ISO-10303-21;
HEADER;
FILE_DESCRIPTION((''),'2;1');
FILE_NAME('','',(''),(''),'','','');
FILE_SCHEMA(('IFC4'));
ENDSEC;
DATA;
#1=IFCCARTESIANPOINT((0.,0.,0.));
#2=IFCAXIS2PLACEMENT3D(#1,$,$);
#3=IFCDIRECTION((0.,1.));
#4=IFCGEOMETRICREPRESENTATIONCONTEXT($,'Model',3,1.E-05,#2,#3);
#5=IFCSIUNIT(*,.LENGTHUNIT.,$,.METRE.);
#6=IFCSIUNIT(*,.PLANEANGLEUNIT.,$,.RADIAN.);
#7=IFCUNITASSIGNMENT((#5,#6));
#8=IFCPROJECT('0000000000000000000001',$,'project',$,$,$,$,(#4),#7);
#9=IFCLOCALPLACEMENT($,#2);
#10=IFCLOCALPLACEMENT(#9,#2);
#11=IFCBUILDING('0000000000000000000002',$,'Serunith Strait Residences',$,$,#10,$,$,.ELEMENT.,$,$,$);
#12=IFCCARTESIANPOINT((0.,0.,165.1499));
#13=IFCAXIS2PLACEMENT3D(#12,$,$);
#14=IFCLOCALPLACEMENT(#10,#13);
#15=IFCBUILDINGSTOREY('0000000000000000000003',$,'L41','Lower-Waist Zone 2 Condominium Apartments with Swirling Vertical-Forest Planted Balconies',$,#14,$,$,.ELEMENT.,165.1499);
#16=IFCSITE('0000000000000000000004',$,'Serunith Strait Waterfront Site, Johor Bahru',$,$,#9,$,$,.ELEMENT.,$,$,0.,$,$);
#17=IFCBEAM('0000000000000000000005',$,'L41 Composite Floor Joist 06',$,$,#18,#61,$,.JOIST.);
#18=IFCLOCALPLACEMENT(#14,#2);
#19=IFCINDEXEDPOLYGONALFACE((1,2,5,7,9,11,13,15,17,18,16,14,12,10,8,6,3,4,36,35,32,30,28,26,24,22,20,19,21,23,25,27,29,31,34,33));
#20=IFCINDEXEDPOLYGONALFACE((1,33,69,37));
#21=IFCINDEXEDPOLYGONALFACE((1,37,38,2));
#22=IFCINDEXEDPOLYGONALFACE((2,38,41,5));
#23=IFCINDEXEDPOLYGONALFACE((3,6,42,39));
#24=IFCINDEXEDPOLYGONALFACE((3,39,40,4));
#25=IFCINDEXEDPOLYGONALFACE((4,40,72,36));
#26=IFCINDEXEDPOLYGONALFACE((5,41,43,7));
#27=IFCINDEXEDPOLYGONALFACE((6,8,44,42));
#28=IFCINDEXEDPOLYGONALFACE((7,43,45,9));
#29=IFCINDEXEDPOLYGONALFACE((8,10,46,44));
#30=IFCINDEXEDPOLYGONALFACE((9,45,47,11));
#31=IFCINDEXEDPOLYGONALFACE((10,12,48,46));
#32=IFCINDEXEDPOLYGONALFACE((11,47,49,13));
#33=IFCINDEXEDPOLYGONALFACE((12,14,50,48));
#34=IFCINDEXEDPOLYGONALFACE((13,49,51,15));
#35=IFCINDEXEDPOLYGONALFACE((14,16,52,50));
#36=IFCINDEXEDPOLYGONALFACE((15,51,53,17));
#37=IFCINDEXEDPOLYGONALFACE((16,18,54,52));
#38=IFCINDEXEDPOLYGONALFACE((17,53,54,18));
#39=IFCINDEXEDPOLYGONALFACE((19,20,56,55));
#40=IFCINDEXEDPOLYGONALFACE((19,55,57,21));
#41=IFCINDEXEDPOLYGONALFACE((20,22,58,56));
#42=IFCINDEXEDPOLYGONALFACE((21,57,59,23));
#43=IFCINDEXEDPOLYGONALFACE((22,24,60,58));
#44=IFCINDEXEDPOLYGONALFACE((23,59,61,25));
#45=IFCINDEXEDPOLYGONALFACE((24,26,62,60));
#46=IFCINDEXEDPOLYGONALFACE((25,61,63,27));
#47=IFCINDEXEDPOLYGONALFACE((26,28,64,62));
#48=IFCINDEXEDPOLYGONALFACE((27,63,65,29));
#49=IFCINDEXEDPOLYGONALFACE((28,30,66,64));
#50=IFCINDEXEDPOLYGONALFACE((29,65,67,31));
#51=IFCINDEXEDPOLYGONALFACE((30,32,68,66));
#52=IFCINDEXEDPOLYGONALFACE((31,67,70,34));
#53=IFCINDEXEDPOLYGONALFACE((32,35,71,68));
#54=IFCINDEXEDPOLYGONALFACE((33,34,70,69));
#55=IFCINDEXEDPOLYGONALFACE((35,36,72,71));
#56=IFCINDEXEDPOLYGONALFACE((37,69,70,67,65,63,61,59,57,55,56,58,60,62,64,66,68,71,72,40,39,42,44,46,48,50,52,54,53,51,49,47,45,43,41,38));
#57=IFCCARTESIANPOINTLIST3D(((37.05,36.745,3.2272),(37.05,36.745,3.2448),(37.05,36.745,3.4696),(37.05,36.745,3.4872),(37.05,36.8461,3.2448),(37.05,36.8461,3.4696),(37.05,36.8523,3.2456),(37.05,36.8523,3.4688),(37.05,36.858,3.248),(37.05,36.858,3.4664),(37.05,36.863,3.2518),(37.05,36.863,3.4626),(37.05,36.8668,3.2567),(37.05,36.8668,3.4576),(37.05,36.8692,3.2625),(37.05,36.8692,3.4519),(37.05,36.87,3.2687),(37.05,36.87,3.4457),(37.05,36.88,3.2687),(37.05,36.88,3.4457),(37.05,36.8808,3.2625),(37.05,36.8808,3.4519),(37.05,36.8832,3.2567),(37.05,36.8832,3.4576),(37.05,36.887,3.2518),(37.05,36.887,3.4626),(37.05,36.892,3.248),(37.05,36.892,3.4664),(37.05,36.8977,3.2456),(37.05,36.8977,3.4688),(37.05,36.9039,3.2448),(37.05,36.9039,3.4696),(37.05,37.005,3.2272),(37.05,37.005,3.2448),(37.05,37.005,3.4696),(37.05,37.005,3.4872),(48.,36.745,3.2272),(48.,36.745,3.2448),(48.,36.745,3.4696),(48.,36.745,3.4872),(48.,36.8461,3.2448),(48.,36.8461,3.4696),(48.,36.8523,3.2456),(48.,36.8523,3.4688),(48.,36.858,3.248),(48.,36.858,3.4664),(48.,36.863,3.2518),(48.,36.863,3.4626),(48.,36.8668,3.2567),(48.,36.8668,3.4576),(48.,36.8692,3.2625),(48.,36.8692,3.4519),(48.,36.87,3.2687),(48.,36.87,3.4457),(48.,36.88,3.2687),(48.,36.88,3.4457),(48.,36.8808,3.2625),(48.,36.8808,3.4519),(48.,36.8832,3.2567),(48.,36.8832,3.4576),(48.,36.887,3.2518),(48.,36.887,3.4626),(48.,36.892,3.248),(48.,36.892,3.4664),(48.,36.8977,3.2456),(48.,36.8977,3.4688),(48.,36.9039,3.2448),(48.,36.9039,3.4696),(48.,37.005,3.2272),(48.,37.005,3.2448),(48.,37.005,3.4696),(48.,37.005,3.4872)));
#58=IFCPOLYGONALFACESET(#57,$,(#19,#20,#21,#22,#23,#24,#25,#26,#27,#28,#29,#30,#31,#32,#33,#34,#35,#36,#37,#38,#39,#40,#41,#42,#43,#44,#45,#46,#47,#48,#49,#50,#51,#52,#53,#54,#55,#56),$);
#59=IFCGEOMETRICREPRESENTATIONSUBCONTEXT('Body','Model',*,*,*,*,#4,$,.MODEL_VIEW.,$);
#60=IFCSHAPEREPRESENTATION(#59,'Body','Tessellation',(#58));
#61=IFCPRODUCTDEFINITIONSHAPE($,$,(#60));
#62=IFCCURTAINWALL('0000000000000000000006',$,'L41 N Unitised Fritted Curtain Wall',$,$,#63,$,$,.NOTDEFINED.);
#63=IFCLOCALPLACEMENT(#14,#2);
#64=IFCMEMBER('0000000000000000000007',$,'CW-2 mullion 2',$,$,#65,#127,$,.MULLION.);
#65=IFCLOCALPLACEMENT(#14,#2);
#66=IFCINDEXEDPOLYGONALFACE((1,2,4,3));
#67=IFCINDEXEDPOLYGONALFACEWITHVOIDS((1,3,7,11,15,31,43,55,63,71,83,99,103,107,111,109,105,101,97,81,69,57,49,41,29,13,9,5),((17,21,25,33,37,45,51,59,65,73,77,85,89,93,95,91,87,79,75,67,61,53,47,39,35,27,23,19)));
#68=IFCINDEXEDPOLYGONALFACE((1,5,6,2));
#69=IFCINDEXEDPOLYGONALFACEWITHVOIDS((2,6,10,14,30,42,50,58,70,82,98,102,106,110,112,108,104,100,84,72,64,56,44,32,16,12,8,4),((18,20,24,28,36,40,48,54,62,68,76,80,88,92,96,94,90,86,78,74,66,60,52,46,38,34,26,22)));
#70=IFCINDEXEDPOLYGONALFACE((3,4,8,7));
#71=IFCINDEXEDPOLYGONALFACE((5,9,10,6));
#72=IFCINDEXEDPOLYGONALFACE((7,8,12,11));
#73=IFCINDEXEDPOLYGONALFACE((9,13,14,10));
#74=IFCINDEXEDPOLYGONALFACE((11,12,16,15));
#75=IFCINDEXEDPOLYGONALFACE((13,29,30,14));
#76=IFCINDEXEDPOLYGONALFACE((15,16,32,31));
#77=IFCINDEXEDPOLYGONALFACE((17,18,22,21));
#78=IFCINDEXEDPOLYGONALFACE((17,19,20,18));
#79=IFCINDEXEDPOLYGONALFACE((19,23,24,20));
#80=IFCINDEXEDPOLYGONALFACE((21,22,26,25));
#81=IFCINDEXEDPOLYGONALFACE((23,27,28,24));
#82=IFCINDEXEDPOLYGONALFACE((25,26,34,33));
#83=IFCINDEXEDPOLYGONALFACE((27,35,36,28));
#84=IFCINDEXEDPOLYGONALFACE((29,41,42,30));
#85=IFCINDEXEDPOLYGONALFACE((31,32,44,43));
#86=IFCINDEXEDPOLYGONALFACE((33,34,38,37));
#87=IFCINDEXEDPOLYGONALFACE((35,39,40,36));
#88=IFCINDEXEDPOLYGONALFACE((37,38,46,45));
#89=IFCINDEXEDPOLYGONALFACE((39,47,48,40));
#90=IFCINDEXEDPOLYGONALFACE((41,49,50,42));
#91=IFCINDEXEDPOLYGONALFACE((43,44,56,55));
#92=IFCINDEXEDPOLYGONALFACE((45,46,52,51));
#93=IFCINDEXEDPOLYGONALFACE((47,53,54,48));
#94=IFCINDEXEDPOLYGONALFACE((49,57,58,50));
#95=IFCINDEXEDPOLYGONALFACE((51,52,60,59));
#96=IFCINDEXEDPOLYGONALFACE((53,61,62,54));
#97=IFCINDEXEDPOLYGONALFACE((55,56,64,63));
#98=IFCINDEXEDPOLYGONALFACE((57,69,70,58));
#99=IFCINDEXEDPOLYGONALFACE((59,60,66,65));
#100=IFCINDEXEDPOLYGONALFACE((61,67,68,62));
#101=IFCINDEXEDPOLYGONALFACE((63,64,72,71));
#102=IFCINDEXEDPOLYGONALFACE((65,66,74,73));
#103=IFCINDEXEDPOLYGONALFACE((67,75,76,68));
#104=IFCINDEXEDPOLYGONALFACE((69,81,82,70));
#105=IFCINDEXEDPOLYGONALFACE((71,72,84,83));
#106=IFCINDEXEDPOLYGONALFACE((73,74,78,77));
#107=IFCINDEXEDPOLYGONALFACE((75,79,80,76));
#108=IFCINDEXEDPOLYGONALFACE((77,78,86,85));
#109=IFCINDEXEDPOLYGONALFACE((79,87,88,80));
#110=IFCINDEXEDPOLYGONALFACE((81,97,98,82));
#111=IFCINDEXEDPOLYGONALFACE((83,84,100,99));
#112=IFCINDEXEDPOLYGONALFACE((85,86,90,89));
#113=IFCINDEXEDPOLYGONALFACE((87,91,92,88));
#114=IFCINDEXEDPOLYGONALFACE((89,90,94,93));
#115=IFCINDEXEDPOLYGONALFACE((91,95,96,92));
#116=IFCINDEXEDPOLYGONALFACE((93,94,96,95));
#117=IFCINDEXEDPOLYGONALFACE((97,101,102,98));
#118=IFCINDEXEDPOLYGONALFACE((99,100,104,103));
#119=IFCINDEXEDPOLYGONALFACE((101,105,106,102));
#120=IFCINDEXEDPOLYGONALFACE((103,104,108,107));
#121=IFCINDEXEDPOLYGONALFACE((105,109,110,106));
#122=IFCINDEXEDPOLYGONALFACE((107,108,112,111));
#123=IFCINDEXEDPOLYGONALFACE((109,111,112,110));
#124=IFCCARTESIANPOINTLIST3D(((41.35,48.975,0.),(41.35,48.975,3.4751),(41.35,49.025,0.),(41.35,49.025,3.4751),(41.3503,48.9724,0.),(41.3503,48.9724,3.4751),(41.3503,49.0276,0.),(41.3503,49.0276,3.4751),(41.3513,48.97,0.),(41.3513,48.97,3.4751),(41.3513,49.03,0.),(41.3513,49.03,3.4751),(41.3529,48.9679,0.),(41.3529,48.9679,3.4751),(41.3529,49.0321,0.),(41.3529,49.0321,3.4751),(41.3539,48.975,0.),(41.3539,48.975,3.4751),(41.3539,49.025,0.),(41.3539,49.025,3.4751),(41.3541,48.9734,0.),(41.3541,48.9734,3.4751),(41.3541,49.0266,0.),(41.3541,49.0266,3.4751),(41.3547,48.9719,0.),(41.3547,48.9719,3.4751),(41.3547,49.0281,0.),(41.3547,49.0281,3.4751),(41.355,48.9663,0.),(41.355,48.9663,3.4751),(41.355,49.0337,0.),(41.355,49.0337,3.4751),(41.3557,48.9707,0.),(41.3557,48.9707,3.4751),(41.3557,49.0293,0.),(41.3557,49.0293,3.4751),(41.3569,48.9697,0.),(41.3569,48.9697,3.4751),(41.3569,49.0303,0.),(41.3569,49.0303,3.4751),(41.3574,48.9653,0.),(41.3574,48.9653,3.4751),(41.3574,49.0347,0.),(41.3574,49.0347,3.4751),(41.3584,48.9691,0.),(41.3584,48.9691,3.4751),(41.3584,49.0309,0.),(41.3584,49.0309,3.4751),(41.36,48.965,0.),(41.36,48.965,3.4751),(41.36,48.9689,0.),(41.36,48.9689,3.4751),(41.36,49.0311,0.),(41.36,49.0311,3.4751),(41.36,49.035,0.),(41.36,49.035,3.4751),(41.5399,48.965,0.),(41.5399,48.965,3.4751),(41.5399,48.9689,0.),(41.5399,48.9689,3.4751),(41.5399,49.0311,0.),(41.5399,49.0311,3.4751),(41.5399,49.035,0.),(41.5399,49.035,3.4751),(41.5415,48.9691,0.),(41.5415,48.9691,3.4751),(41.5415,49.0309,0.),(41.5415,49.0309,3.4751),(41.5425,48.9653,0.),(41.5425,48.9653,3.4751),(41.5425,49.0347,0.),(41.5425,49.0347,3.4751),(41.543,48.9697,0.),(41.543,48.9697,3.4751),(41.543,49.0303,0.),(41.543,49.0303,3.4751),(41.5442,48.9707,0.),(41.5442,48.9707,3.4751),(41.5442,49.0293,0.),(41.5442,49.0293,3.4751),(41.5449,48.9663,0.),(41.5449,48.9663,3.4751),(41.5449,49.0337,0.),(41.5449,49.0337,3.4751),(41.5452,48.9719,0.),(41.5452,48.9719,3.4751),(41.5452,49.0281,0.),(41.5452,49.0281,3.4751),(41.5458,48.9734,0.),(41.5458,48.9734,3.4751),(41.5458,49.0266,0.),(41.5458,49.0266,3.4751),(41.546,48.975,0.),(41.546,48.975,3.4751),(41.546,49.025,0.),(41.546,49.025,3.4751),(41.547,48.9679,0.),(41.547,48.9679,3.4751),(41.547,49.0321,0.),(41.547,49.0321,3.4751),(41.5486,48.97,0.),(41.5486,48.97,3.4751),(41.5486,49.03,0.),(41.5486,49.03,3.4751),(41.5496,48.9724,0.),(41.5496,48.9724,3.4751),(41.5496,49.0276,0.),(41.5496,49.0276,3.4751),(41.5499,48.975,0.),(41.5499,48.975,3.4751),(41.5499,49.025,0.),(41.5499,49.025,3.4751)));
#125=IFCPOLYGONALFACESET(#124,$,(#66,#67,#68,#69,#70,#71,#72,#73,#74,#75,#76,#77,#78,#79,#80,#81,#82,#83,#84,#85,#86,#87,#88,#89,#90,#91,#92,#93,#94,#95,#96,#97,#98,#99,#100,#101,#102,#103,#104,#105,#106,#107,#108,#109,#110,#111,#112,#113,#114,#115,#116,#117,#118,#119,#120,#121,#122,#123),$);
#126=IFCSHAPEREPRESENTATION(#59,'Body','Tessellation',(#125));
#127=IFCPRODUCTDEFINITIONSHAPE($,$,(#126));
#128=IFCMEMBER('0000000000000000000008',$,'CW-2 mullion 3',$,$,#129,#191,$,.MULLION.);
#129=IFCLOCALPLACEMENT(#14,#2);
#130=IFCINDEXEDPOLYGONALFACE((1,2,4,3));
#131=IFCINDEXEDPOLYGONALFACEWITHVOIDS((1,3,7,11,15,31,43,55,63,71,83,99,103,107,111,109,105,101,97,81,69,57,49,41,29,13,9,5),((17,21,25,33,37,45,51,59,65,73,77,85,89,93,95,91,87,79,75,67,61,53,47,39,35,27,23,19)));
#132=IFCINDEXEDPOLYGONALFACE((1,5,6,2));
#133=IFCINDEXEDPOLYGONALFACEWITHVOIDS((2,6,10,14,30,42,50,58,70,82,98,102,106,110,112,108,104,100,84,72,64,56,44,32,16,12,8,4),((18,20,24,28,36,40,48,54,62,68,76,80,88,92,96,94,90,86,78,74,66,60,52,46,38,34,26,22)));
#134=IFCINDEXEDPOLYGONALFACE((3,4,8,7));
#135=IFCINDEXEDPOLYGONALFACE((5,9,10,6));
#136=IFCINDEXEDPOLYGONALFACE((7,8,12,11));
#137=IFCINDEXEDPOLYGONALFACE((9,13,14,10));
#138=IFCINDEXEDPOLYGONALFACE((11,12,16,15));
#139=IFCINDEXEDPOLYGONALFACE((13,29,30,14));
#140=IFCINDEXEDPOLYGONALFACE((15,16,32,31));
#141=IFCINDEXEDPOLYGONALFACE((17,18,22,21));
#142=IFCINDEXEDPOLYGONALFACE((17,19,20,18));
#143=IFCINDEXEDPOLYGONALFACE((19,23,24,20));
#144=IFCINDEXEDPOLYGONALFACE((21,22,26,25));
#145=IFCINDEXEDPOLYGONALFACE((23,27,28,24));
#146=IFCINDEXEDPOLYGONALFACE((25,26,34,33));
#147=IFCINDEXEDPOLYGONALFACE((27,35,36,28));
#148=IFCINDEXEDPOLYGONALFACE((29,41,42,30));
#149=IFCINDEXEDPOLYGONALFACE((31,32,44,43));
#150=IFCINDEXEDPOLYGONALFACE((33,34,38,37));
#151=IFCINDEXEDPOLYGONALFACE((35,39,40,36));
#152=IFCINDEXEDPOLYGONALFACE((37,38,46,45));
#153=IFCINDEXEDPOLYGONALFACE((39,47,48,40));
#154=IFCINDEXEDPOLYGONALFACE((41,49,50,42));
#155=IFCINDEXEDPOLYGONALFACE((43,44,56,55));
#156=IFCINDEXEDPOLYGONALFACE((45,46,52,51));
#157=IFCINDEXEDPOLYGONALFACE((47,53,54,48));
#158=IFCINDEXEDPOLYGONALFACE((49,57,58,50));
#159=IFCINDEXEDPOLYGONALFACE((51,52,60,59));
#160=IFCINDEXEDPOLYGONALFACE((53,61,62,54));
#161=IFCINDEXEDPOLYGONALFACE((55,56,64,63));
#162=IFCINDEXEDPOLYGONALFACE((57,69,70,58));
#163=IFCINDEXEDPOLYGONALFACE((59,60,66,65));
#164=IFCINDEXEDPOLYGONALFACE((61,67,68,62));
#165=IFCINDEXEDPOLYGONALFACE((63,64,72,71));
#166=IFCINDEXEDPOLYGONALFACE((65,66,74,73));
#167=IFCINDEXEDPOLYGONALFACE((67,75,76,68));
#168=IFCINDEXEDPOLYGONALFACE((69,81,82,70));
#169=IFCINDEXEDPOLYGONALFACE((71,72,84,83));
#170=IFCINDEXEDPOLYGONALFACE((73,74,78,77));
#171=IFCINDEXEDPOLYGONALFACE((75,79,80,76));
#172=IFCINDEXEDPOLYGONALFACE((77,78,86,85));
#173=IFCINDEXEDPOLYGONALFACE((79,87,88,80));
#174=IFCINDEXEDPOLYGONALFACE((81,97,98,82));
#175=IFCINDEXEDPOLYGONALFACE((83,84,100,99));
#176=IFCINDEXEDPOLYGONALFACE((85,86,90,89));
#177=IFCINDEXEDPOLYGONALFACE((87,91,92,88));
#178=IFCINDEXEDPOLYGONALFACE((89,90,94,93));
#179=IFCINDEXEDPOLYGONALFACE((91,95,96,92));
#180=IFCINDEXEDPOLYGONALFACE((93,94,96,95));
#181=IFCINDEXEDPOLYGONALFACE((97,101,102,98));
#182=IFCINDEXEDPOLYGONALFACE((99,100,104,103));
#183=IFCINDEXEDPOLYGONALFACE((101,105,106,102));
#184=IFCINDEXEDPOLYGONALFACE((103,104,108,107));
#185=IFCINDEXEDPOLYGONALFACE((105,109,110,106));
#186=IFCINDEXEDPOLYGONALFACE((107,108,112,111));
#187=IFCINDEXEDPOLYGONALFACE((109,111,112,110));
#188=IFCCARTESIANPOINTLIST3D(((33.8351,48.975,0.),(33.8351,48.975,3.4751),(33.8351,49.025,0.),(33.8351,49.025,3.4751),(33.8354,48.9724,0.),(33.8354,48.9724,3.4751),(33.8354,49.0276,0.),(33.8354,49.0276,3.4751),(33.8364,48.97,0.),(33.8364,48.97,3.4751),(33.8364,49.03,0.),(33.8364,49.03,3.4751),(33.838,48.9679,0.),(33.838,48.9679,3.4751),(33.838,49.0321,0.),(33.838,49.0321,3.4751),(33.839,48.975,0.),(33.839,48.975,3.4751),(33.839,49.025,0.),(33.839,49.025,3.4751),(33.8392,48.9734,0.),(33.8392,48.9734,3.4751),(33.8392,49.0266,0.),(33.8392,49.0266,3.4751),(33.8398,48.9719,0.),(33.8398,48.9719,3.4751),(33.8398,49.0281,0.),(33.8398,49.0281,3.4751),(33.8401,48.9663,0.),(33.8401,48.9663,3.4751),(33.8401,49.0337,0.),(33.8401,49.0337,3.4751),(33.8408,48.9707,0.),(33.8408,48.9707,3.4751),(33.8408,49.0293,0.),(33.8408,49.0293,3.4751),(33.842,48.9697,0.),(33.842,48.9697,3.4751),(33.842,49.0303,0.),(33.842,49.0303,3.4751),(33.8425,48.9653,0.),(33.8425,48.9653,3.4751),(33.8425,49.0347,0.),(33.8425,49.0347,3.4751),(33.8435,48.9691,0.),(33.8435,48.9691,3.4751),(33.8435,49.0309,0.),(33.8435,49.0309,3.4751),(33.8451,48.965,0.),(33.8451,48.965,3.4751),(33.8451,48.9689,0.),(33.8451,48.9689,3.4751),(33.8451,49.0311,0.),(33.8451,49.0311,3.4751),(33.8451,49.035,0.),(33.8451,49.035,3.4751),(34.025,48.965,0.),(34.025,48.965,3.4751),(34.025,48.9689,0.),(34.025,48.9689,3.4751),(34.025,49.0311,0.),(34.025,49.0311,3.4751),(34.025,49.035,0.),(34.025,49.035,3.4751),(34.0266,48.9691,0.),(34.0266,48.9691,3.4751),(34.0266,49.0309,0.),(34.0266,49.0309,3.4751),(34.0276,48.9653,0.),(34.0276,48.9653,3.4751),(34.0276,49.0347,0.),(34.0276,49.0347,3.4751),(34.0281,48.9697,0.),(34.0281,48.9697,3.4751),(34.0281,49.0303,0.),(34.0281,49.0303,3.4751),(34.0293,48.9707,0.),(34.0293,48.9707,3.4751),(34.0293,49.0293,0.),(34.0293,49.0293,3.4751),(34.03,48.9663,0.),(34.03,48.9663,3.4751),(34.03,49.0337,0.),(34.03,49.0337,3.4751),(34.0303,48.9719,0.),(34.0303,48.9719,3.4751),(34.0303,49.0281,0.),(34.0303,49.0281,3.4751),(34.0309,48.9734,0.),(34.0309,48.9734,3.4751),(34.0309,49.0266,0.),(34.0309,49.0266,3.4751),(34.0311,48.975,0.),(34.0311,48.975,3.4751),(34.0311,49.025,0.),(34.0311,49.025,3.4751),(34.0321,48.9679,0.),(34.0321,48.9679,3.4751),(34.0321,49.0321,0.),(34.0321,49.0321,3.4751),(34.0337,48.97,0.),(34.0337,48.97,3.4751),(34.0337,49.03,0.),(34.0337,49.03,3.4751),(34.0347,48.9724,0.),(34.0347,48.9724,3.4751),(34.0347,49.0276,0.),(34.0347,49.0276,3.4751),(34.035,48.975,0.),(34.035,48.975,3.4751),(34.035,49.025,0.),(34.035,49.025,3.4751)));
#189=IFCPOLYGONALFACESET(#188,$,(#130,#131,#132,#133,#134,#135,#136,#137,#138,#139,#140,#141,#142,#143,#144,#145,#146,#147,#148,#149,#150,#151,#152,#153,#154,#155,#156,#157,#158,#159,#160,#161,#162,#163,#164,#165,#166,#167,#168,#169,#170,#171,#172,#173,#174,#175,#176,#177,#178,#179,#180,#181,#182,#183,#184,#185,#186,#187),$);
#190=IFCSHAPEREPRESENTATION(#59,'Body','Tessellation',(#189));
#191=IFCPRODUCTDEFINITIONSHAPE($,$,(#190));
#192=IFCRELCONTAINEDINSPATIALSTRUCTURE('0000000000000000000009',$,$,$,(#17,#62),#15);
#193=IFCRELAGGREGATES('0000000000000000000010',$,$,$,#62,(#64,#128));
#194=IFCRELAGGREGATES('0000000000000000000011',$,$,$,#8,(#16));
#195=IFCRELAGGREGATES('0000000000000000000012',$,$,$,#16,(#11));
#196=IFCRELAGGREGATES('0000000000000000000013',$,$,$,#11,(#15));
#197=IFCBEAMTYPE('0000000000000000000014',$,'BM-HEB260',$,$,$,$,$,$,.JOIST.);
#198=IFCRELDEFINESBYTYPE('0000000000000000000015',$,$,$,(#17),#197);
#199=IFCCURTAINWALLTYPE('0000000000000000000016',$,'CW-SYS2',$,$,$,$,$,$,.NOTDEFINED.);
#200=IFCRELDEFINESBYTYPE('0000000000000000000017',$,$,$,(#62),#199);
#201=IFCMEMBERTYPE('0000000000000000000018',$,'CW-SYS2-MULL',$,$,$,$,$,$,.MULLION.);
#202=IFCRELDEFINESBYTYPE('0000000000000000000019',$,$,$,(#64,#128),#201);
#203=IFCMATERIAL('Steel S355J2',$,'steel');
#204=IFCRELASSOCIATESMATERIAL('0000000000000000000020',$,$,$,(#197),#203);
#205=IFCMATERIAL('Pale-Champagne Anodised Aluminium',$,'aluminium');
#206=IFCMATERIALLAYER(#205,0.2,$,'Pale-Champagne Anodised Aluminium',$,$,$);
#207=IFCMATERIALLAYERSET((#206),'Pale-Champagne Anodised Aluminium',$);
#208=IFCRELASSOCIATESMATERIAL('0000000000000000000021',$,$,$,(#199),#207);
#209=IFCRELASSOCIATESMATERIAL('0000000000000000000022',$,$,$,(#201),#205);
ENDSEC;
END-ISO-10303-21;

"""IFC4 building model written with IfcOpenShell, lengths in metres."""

from ifc_helpers import new_model, si_unit, direction, frame, origin, origin_2d, place, context, subcontext, project, spatial, hollow_rectangle, i_section, extrude, source, transform, mapped, material, layer, layer_set, material_profile, profile_set, type_object, element, aggregate, save


model = new_model("IFC4")

# Units and contexts
model_context = context("Model", 3, precision=1e-05, world=origin(), true_north=direction((0.0, 1.0)))
body_context = subcontext(model_context, "Body", "Model", "MODEL_VIEW")
ifc_project = project(units=[si_unit("LENGTHUNIT", "METRE"), si_unit("PLANEANGLEUNIT", "RADIAN")], contexts=[model_context])

# Site, building, storey
site_placement = place(None, origin())
site = spatial("IfcSite", under=ifc_project, at=site_placement, Name="Serunith Strait Waterfront Site, Johor Bahru", CompositionType="ELEMENT", RefElevation=0.0)
building_placement = place(site_placement, origin())
building = spatial("IfcBuilding", under=site, at=building_placement, Name="Serunith Strait Residences", CompositionType="ELEMENT")
storey_placement = place(building_placement, frame((0.0, 0.0, 165.1499)))
storey = spatial("IfcBuildingStorey", under=building, at=storey_placement, Name="L41", Description="Lower-Waist Zone 2 Condominium Apartments with Swirling Vertical-Forest Planted Balconies", CompositionType="ELEMENT", Elevation=165.1499)

# Beam
ifc_material_1 = material(Name="Steel S355J2", Category="steel")
ifc_material_profile_1 = material_profile(ifc_material_1, i_section(OverallWidth=0.26, OverallDepth=0.26, WebThickness=0.01, FlangeThickness=0.0176, FilletRadius=0.0239, at=origin_2d()), Name="HEB 260")
ifc_profile_set_1 = profile_set([ifc_material_profile_1], Name="Steel S355J2")
beam_type_1 = type_object("IfcBeamType", Name="BM-HEB260", PredefinedType="JOIST", material=ifc_profile_set_1)
shared_shape_1 = source(origin(), body_context, "Body", "SweptSolid", [
    extrude(i_section(OverallWidth=0.26, OverallDepth=0.26, WebThickness=0.01, FlangeThickness=0.0176, FilletRadius=0.0239, at=origin_2d()), origin(), (0.0, 0.0, 1.0), 10.95),
])
beam_1_placement = place(storey_placement, frame((37.05, 36.875, 3.3572), z_axis=(1.0, 0.0, 0.0), x_axis=(0.0, 1.0, 0.0)))
element("IfcBeam", 1, at=beam_1_placement, inside=storey, type_object=beam_type_1, Name="L41 Composite Floor Joist 06", PredefinedType="JOIST", context=body_context, shape_type="MappedRepresentation", body=[
    mapped(shared_shape_1, transform((0.0, 0.0, 0.0), scale=1.0)),
])

# Curtain wall, members
ifc_material_2 = material(Name="Pale-Champagne Anodised Aluminium", Category="aluminium")
ifc_layer_1 = layer(ifc_material_2, 0.2, Name="Pale-Champagne Anodised Aluminium")
ifc_layer_set_1 = layer_set([ifc_layer_1], Name="Pale-Champagne Anodised Aluminium")
curtain_wall_type = type_object("IfcCurtainWallType", Name="CW-SYS2", PredefinedType="NOTDEFINED", material=ifc_layer_set_1)
curtain_wall_1_placement = place(storey_placement, origin())
curtain_wall_1 = element("IfcCurtainWall", 2, at=curtain_wall_1_placement, inside=storey, type_object=curtain_wall_type, Name="L41 N Unitised Fritted Curtain Wall", PredefinedType="NOTDEFINED")
ifc_material_profile_2 = material_profile(ifc_material_2, hollow_rectangle(XDim=0.0701, YDim=0.2, WallThickness=0.0039, InnerFilletRadius=0.0061, OuterFilletRadius=0.01, at=origin_2d()), Name="ALU 200x70x4")
ifc_profile_set_2 = profile_set([ifc_material_profile_2], Name="Pale-Champagne Anodised Aluminium")
member_type_1 = type_object("IfcMemberType", Name="CW-SYS2-MULL", PredefinedType="MULLION", material=ifc_profile_set_2)
shared_shape_2 = source(origin(), body_context, "Body", "SweptSolid", [
    extrude(hollow_rectangle(XDim=0.0701, YDim=0.2, WallThickness=0.0039, InnerFilletRadius=0.0061, OuterFilletRadius=0.01, at=origin_2d()), origin(), (0.0, 0.0, 1.0), 3.4751),
])
member_1_placement = place(storey_placement, frame((41.45, 49.0, 0.0), z_axis=(0.0, 0.0, 1.0), x_axis=(0.0, -1.0, 0.0)))
member_1 = element("IfcMember", 3, at=member_1_placement, type_object=member_type_1, Name="CW-2 mullion 2", PredefinedType="MULLION", context=body_context, shape_type="MappedRepresentation", body=[
    mapped(shared_shape_2, transform((0.0, 0.0, 0.0), scale=1.0)),
])
member_2_placement = place(storey_placement, frame((33.9351, 49.0, 0.0), z_axis=(0.0, 0.0, 1.0), x_axis=(0.0, -1.0, 0.0)))
member_2 = element("IfcMember", 4, at=member_2_placement, type_object=member_type_1, Name="CW-2 mullion 3", PredefinedType="MULLION", context=body_context, shape_type="MappedRepresentation", body=[
    mapped(shared_shape_2, transform((0.0, 0.0, 0.0), scale=1.0)),
])

aggregate(curtain_wall_1, [member_1, member_2])

save(model, "model.ifc")
